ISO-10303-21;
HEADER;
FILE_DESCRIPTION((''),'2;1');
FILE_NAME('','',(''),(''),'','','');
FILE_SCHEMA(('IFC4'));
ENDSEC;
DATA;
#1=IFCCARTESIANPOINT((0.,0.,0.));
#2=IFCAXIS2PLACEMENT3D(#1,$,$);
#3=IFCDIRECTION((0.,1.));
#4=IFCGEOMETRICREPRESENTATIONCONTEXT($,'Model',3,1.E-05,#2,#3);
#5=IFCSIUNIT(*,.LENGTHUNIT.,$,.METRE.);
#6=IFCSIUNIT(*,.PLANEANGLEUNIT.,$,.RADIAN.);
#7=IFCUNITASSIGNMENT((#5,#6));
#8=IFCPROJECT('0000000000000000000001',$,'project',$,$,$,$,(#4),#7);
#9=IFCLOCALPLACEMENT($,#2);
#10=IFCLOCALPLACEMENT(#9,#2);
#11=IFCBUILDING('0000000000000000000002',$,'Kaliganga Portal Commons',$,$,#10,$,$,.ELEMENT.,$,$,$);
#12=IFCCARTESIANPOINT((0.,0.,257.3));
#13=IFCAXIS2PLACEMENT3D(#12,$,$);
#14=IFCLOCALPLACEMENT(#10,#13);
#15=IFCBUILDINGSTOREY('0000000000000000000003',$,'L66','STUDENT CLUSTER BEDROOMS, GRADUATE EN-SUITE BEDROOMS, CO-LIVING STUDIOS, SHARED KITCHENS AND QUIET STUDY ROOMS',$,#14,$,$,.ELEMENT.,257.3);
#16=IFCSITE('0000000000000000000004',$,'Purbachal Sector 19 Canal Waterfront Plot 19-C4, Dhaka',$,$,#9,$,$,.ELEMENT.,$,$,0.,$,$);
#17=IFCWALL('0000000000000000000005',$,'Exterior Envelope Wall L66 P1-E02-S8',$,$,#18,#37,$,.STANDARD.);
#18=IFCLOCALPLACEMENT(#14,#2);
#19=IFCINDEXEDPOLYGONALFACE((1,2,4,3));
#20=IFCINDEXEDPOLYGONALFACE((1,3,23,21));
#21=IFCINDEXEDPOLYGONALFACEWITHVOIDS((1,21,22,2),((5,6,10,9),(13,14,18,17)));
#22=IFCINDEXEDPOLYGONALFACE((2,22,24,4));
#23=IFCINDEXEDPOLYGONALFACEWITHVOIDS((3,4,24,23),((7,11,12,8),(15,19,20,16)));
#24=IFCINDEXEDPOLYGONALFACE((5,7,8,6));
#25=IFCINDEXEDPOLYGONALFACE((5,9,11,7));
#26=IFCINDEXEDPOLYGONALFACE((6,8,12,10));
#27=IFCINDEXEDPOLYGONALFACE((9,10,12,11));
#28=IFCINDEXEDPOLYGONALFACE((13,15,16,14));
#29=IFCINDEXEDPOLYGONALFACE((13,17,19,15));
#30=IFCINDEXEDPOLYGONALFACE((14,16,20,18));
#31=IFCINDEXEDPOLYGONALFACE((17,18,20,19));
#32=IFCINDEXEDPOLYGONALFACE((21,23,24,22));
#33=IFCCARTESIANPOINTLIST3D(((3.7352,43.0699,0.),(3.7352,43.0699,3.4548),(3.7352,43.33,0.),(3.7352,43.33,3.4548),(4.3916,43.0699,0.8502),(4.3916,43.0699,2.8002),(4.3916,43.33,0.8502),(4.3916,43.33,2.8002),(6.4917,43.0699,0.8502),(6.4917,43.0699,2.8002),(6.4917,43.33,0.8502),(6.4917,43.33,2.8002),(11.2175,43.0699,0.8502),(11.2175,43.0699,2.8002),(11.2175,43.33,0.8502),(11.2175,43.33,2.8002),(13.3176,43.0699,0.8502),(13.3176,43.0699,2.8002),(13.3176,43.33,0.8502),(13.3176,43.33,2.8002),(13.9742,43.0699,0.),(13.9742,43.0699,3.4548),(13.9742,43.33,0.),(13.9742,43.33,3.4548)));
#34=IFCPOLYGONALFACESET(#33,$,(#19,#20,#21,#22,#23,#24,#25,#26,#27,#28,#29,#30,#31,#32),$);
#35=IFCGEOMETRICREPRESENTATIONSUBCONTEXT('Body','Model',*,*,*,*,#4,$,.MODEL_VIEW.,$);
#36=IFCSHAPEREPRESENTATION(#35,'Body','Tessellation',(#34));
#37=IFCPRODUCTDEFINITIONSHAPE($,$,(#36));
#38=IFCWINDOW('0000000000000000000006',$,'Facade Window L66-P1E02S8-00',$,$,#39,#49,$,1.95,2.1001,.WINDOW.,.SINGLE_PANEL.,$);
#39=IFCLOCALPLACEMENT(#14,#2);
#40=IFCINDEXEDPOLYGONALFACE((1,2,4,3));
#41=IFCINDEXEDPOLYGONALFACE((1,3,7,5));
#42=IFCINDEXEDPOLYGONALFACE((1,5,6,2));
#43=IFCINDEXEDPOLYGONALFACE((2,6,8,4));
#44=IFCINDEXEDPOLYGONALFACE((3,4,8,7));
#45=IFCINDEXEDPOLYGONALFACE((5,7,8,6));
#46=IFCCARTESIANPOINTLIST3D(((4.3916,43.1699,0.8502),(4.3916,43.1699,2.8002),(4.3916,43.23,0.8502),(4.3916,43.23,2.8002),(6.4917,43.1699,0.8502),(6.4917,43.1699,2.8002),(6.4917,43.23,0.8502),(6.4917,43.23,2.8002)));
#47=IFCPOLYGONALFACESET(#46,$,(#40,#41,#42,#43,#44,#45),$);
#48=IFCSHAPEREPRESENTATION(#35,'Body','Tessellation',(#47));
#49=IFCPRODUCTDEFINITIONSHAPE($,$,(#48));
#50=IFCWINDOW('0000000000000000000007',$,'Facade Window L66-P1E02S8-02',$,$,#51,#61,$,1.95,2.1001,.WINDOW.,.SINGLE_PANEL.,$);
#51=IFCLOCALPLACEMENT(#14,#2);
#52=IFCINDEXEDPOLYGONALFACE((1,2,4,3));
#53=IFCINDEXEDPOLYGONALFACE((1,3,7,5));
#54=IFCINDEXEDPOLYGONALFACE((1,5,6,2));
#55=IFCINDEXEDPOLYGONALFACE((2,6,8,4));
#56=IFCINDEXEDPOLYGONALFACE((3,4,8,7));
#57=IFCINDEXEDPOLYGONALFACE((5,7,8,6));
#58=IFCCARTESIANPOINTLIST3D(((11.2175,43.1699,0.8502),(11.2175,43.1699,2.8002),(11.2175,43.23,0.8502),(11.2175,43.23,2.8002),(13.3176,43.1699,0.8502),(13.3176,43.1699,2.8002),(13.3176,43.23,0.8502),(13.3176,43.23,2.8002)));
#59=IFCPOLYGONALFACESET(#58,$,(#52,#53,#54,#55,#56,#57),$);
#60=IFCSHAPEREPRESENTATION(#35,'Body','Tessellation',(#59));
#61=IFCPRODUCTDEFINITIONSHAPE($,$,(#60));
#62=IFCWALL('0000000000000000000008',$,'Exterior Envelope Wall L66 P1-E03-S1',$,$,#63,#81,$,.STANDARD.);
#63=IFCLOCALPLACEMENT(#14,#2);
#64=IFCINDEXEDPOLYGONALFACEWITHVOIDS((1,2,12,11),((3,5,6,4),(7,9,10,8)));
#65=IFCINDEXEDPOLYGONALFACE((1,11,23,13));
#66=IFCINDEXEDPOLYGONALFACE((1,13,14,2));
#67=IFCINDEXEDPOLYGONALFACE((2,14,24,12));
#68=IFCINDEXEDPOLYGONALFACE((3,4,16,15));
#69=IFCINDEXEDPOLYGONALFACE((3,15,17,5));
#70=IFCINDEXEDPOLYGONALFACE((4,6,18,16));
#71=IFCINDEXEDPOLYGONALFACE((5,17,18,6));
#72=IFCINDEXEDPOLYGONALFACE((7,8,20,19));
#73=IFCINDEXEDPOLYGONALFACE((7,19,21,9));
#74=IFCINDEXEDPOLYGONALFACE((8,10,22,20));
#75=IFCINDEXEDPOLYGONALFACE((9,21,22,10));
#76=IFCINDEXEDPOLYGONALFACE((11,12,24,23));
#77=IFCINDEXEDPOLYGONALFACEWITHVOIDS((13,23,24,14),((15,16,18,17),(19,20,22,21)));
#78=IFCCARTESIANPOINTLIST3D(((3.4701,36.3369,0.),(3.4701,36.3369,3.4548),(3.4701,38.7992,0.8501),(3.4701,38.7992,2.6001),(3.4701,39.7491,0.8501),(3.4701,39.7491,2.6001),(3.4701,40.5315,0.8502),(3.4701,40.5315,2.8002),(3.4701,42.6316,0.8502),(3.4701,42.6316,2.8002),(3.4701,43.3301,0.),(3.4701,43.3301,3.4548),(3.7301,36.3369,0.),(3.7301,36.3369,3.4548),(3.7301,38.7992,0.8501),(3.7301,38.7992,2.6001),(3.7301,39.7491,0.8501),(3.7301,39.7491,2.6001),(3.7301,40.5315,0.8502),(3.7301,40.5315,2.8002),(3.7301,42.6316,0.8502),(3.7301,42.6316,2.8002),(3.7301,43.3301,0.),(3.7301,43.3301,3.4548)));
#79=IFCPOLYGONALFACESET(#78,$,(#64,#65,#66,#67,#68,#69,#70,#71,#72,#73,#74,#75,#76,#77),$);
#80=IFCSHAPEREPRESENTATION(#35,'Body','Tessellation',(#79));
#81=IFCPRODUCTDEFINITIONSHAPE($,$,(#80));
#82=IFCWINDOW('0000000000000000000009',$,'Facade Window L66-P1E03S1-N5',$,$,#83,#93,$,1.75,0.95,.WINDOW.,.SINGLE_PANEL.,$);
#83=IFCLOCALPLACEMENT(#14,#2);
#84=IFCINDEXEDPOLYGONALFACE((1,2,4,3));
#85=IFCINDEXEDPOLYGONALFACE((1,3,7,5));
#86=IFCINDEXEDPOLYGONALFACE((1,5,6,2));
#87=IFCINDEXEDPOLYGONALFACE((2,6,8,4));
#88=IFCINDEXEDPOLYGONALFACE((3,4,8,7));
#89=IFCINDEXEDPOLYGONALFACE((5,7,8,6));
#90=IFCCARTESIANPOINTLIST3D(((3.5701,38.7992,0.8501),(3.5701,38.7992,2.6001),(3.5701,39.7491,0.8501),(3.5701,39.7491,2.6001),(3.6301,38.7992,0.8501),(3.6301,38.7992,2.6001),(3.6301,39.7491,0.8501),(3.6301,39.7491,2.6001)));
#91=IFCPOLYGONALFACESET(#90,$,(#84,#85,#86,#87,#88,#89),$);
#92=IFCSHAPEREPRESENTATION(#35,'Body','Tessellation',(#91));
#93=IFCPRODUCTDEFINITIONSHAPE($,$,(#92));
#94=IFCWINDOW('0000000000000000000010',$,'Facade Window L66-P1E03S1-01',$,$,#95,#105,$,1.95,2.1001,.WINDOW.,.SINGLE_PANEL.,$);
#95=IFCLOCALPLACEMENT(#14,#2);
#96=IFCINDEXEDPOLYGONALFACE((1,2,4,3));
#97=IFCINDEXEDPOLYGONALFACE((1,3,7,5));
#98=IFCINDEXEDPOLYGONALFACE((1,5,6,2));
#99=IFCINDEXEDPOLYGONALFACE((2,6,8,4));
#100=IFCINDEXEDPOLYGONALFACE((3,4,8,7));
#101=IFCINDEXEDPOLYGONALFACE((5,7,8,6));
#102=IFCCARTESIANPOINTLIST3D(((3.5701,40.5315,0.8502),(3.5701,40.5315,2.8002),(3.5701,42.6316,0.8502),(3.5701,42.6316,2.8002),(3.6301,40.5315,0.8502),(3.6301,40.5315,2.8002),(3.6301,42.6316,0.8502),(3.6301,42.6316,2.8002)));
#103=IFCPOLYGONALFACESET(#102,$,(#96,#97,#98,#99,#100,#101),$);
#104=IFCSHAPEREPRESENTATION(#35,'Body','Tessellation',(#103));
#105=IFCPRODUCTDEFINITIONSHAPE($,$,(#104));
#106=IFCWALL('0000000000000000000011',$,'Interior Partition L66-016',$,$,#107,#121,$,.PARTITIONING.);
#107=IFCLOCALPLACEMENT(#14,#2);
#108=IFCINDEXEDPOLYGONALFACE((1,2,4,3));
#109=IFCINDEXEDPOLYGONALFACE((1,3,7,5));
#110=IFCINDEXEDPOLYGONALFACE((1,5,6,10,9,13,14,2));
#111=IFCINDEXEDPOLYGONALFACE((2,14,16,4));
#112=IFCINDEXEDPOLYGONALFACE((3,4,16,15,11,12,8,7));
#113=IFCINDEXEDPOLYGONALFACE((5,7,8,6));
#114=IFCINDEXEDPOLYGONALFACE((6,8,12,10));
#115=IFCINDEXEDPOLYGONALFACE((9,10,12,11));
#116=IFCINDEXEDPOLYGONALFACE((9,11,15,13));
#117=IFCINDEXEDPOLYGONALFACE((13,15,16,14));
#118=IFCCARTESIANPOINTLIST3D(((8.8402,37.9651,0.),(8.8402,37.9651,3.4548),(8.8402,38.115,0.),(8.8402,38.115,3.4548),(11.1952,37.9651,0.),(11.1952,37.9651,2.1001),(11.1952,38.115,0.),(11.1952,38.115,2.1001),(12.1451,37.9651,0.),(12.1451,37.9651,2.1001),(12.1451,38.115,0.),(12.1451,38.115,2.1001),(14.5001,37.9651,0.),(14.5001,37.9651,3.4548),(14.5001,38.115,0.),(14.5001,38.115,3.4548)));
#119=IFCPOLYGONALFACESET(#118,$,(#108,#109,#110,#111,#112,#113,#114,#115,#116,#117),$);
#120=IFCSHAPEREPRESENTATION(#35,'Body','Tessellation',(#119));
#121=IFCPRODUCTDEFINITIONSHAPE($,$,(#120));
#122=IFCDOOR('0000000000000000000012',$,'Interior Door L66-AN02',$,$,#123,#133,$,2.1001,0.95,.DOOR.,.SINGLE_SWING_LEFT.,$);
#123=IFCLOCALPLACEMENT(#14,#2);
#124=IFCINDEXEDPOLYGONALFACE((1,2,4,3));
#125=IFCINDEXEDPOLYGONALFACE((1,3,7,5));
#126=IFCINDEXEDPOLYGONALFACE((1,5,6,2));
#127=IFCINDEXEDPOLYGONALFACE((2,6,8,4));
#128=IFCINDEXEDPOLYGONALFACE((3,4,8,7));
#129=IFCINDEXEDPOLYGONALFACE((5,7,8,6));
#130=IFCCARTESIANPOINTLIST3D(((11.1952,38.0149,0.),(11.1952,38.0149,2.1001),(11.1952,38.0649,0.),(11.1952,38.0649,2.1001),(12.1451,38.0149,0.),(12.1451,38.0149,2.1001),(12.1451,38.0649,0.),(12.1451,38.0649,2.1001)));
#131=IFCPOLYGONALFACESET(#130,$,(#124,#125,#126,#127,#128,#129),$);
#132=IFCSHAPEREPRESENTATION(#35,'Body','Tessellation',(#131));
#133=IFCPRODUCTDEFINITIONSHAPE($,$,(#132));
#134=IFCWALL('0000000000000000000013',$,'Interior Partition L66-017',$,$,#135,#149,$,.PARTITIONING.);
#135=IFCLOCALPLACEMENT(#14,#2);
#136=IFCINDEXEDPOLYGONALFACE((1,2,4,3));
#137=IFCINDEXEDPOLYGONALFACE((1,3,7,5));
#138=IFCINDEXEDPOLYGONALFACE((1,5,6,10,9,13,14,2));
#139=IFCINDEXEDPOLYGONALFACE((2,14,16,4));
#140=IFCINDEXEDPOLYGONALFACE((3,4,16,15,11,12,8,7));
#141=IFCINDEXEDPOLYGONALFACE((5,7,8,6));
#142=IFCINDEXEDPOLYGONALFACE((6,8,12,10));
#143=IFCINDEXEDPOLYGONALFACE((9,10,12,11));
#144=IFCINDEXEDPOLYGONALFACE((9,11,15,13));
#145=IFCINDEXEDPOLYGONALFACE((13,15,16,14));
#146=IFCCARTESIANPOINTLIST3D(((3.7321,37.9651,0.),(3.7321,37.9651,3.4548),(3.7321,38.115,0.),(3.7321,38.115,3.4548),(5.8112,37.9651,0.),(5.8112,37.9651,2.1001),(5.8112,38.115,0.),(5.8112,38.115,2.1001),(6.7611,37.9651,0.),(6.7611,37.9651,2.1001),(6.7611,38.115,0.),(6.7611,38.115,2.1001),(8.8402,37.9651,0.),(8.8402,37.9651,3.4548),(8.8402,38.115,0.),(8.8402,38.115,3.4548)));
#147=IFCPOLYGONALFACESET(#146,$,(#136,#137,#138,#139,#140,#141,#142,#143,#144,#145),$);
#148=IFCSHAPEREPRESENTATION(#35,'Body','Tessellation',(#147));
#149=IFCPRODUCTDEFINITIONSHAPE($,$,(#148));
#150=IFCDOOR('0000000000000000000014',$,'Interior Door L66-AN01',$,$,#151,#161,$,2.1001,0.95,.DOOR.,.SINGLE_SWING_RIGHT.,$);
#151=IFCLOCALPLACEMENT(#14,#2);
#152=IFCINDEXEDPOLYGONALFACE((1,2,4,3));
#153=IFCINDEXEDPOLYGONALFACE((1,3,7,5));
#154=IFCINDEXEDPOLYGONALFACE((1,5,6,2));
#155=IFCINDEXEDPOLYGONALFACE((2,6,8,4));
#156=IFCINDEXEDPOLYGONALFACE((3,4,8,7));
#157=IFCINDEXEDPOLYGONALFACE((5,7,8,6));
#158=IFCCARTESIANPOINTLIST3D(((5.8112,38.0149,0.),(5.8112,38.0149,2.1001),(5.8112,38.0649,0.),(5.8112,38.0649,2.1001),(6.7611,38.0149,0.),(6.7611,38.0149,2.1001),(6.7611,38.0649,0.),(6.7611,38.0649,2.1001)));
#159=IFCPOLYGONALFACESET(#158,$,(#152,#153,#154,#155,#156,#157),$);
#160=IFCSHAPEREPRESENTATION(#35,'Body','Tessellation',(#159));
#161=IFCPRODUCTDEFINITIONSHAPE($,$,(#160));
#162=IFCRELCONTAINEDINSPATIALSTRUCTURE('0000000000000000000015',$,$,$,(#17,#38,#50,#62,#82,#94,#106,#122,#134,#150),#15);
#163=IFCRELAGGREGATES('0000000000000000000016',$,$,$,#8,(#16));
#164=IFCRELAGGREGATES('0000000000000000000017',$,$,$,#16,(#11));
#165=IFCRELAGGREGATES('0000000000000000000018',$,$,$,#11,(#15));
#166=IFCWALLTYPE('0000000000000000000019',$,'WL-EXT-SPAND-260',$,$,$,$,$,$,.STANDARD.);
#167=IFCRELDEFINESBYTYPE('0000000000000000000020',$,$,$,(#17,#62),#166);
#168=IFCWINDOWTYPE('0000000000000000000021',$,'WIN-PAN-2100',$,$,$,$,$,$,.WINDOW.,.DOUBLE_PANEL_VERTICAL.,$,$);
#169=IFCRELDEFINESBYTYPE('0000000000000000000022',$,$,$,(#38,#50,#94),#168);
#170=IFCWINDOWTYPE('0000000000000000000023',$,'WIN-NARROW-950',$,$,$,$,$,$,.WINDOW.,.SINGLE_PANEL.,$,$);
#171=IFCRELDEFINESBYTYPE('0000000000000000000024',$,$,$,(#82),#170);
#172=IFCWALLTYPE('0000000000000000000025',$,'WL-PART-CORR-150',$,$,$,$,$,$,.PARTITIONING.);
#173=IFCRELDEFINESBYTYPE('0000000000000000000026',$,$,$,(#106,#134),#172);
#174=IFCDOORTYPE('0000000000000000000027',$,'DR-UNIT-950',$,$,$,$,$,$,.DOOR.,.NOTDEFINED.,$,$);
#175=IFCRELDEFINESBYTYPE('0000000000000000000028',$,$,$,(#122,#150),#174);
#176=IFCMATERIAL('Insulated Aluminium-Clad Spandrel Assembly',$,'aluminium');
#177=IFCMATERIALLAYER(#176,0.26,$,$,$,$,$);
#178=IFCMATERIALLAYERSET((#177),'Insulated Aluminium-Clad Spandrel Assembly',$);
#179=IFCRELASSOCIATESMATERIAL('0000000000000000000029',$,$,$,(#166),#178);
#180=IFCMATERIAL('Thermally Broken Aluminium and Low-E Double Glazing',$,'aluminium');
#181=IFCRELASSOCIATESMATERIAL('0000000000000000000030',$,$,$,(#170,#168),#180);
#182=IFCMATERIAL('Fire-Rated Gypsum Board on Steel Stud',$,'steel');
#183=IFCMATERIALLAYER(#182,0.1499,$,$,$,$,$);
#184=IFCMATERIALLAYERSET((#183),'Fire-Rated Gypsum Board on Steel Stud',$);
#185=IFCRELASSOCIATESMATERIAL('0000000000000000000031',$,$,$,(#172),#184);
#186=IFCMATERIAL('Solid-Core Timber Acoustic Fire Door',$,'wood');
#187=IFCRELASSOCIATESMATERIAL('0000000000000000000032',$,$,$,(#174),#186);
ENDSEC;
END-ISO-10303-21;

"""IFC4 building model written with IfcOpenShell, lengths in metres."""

from ifc_helpers import new_model, si_unit, direction, frame, frame_2d, origin, place, context, subcontext, project, spatial, rectangle, extrude, material, layer, layer_set, type_object, element, fill, save


model = new_model("IFC4")

# Units and contexts
model_context = context("Model", 3, precision=1e-05, world=origin(), true_north=direction((0.0, 1.0)))
body_context = subcontext(model_context, "Body", "Model", "MODEL_VIEW")
ifc_project = project(units=[si_unit("LENGTHUNIT", "METRE"), si_unit("PLANEANGLEUNIT", "RADIAN")], contexts=[model_context])

# Site, building, storey
site_placement = place(None, origin())
site = spatial("IfcSite", under=ifc_project, at=site_placement, Name="Purbachal Sector 19 Canal Waterfront Plot 19-C4, Dhaka", CompositionType="ELEMENT", RefElevation=0.0)
building_placement = place(site_placement, origin())
building = spatial("IfcBuilding", under=site, at=building_placement, Name="Kaliganga Portal Commons", CompositionType="ELEMENT")
storey_placement = place(building_placement, frame((0.0, 0.0, 257.3)))
storey = spatial("IfcBuildingStorey", under=building, at=storey_placement, Name="L66", Description="STUDENT CLUSTER BEDROOMS, GRADUATE EN-SUITE BEDROOMS, CO-LIVING STUDIOS, SHARED KITCHENS AND QUIET STUDY ROOMS", CompositionType="ELEMENT", Elevation=257.3)

# Shared definitions
ifc_material_1 = material(Name="Insulated Aluminium-Clad Spandrel Assembly", Category="aluminium")
ifc_layer_1 = layer(ifc_material_1, 0.26)
ifc_layer_set_1 = layer_set([ifc_layer_1], Name="Insulated Aluminium-Clad Spandrel Assembly")
wall_type_1 = type_object("IfcWallType", Name="WL-EXT-SPAND-260", PredefinedType="STANDARD", material=ifc_layer_set_1)
ifc_material_2 = material(Name="Thermally Broken Aluminium and Low-E Double Glazing", Category="aluminium")
window_type_1 = type_object("IfcWindowType", Name="WIN-NARROW-950", PartitioningType="SINGLE_PANEL", PredefinedType="WINDOW", material=ifc_material_2)

# Walls, openings, windows
wall_1_placement = place(storey_placement, frame((3.7351, 43.2, 0.0), z_axis=(0.0, 0.0, 1.0), x_axis=(1.0, 0.0, 0.0)))
wall_1 = element("IfcWall", 1, at=wall_1_placement, inside=storey, type_object=wall_type_1, Name="Exterior Envelope Wall L66 P1-E02-S8", PredefinedType="STANDARD", context=body_context, shape_type="SweptSolid", body=[
    extrude(rectangle(XDim=10.239, YDim=0.26, at=frame_2d((5.1196, 0.0))), origin(), (0.0, 0.0, 1.0), 3.4548),
])
opening_1_placement = place(wall_1_placement, frame((0.6565, 0.0, 0.8501)))
opening_1 = element("IfcOpeningElement", 2, at=opening_1_placement, cuts=wall_1, PredefinedType="OPENING", context=body_context, shape_type="SweptSolid", body=[
    extrude(rectangle(XDim=2.1001, YDim=1.95, at=frame_2d((1.05, 0.9751))), frame((0.0, 0.1401, 0.0), z_axis=(0.0, -1.0, 0.0), x_axis=(1.0, 0.0, 0.0)), (0.0, 0.0, 1.0), 0.28),
])
opening_2_placement = place(wall_1_placement, frame((7.4824, 0.0, 0.8501)))
opening_2 = element("IfcOpeningElement", 3, at=opening_2_placement, cuts=wall_1, PredefinedType="OPENING", context=body_context, shape_type="SweptSolid", body=[
    extrude(rectangle(XDim=2.1001, YDim=1.95, at=frame_2d((1.05, 0.9751))), frame((0.0, 0.1401, 0.0), z_axis=(0.0, -1.0, 0.0), x_axis=(1.0, 0.0, 0.0)), (0.0, 0.0, 1.0), 0.28),
])
window_type_2 = type_object("IfcWindowType", Name="WIN-PAN-2100", PartitioningType="DOUBLE_PANEL_VERTICAL", PredefinedType="WINDOW", material=ifc_material_2)
window_1_placement = place(opening_1_placement, origin())
window_1 = element("IfcWindow", 4, at=window_1_placement, inside=storey, type_object=window_type_2, Name="Facade Window L66-P1E02S8-00", OverallHeight=1.95, OverallWidth=2.1001, PartitioningType="SINGLE_PANEL", PredefinedType="WINDOW", context=body_context, shape_type="SweptSolid", body=[
    extrude(rectangle(XDim=2.1001, YDim=1.95, at=frame_2d((1.05, 0.9751))), frame((0.0, 0.03, 0.0), z_axis=(0.0, -1.0, 0.0), x_axis=(1.0, 0.0, 0.0)), (0.0, 0.0, 1.0), 0.0601),
])
fill(opening_1, window_1)
window_2_placement = place(opening_2_placement, origin())
window_2 = element("IfcWindow", 5, at=window_2_placement, inside=storey, type_object=window_type_2, Name="Facade Window L66-P1E02S8-02", OverallHeight=1.95, OverallWidth=2.1001, PartitioningType="SINGLE_PANEL", PredefinedType="WINDOW", context=body_context, shape_type="SweptSolid", body=[
    extrude(rectangle(XDim=2.1001, YDim=1.95, at=frame_2d((1.05, 0.9751))), frame((0.0, 0.03, 0.0), z_axis=(0.0, -1.0, 0.0), x_axis=(1.0, 0.0, 0.0)), (0.0, 0.0, 1.0), 0.0601),
])
fill(opening_2, window_2)
wall_2_placement = place(storey_placement, frame((3.6001, 36.3369, 0.0), z_axis=(0.0, 0.0, 1.0), x_axis=(0.0, 1.0, 0.0)))
wall_2 = element("IfcWall", 6, at=wall_2_placement, inside=storey, type_object=wall_type_1, Name="Exterior Envelope Wall L66 P1-E03-S1", PredefinedType="STANDARD", context=body_context, shape_type="SweptSolid", body=[
    extrude(rectangle(XDim=6.9932, YDim=0.26, at=frame_2d((3.4966, 0.0))), origin(), (0.0, 0.0, 1.0), 3.4548),
])
opening_3_placement = place(wall_2_placement, frame((4.1946, 0.0, 0.8501)))
opening_3 = element("IfcOpeningElement", 7, at=opening_3_placement, cuts=wall_2, PredefinedType="OPENING", context=body_context, shape_type="SweptSolid", body=[
    extrude(rectangle(XDim=2.1001, YDim=1.95, at=frame_2d((1.05, 0.9751))), frame((0.0, 0.1401, 0.0), z_axis=(0.0, -1.0, 0.0), x_axis=(1.0, 0.0, 0.0)), (0.0, 0.0, 1.0), 0.28),
])
opening_4_placement = place(wall_2_placement, frame((2.4622, 0.0, 0.8501)))
opening_4 = element("IfcOpeningElement", 8, at=opening_4_placement, cuts=wall_2, PredefinedType="OPENING", context=body_context, shape_type="SweptSolid", body=[
    extrude(rectangle(XDim=0.95, YDim=1.75, at=frame_2d((0.4751, 0.875))), frame((0.0, 0.1401, 0.0), z_axis=(0.0, -1.0, 0.0), x_axis=(1.0, 0.0, 0.0)), (0.0, 0.0, 1.0), 0.28),
])
window_3_placement = place(opening_4_placement, origin())
window_3 = element("IfcWindow", 9, at=window_3_placement, inside=storey, type_object=window_type_1, Name="Facade Window L66-P1E03S1-N5", OverallHeight=1.75, OverallWidth=0.95, PartitioningType="SINGLE_PANEL", PredefinedType="WINDOW", context=body_context, shape_type="SweptSolid", body=[
    extrude(rectangle(XDim=0.95, YDim=1.75, at=frame_2d((0.4751, 0.875))), frame((0.0, 0.03, 0.0), z_axis=(0.0, -1.0, 0.0), x_axis=(1.0, 0.0, 0.0)), (0.0, 0.0, 1.0), 0.0601),
])
fill(opening_4, window_3)
window_4_placement = place(opening_3_placement, origin())
window_4 = element("IfcWindow", 10, at=window_4_placement, inside=storey, type_object=window_type_2, Name="Facade Window L66-P1E03S1-01", OverallHeight=1.95, OverallWidth=2.1001, PartitioningType="SINGLE_PANEL", PredefinedType="WINDOW", context=body_context, shape_type="SweptSolid", body=[
    extrude(rectangle(XDim=2.1001, YDim=1.95, at=frame_2d((1.05, 0.9751))), frame((0.0, 0.03, 0.0), z_axis=(0.0, -1.0, 0.0), x_axis=(1.0, 0.0, 0.0)), (0.0, 0.0, 1.0), 0.0601),
])
fill(opening_3, window_4)

# Walls, openings, doors
ifc_material_3 = material(Name="Fire-Rated Gypsum Board on Steel Stud", Category="steel")
ifc_layer_2 = layer(ifc_material_3, 0.1499)
ifc_layer_set_2 = layer_set([ifc_layer_2], Name="Fire-Rated Gypsum Board on Steel Stud")
wall_type_2 = type_object("IfcWallType", Name="WL-PART-CORR-150", PredefinedType="PARTITIONING", material=ifc_layer_set_2)
wall_3_placement = place(storey_placement, frame((8.8401, 38.04, 0.0), z_axis=(0.0, 0.0, 1.0), x_axis=(1.0, 0.0, 0.0)))
wall_3 = element("IfcWall", 11, at=wall_3_placement, inside=storey, type_object=wall_type_2, Name="Interior Partition L66-016", PredefinedType="PARTITIONING", context=body_context, shape_type="SweptSolid", body=[
    extrude(rectangle(XDim=5.6599, YDim=0.1499, at=frame_2d((2.8301, 0.0))), origin(), (0.0, 0.0, 1.0), 3.4548),
])
opening_5_placement = place(wall_3_placement, frame((2.355, 0.0, 0.0)))
opening_5 = element("IfcOpeningElement", 12, at=opening_5_placement, cuts=wall_3, PredefinedType="OPENING", context=body_context, shape_type="SweptSolid", body=[
    extrude(rectangle(XDim=0.95, YDim=2.1001, at=frame_2d((0.4751, 1.05))), frame((0.0, 0.085, 0.0), z_axis=(0.0, -1.0, 0.0), x_axis=(1.0, 0.0, 0.0)), (0.0, 0.0, 1.0), 0.1699),
])
ifc_material_4 = material(Name="Solid-Core Timber Acoustic Fire Door", Category="wood")
door_type_1 = type_object("IfcDoorType", Name="DR-UNIT-950", OperationType="NOTDEFINED", PredefinedType="DOOR", material=ifc_material_4)
door_1_placement = place(opening_5_placement, origin())
door_1 = element("IfcDoor", 13, at=door_1_placement, inside=storey, type_object=door_type_1, Name="Interior Door L66-AN02", OperationType="SINGLE_SWING_LEFT", OverallHeight=2.1001, OverallWidth=0.95, PredefinedType="DOOR", context=body_context, shape_type="SweptSolid", body=[
    extrude(rectangle(XDim=0.95, YDim=2.1001, at=frame_2d((0.4751, 1.05))), frame((0.0, 0.0249, 0.0), z_axis=(0.0, -1.0, 0.0), x_axis=(1.0, 0.0, 0.0)), (0.0, 0.0, 1.0), 0.05),
])
fill(opening_5, door_1)
wall_4_placement = place(storey_placement, frame((3.7319, 38.04, 0.0), z_axis=(0.0, 0.0, 1.0), x_axis=(1.0, 0.0, 0.0)))
wall_4 = element("IfcWall", 14, at=wall_4_placement, inside=storey, type_object=wall_type_2, Name="Interior Partition L66-017", PredefinedType="PARTITIONING", context=body_context, shape_type="SweptSolid", body=[
    extrude(rectangle(XDim=5.1082, YDim=0.1499, at=frame_2d((2.5542, 0.0))), origin(), (0.0, 0.0, 1.0), 3.4548),
])
opening_6_placement = place(wall_4_placement, frame((2.0791, 0.0, 0.0)))
opening_6 = element("IfcOpeningElement", 15, at=opening_6_placement, cuts=wall_4, PredefinedType="OPENING", context=body_context, shape_type="SweptSolid", body=[
    extrude(rectangle(XDim=0.95, YDim=2.1001, at=frame_2d((0.4751, 1.05))), frame((0.0, 0.085, 0.0), z_axis=(0.0, -1.0, 0.0), x_axis=(1.0, 0.0, 0.0)), (0.0, 0.0, 1.0), 0.1699),
])
door_2_placement = place(opening_6_placement, origin())
door_2 = element("IfcDoor", 16, at=door_2_placement, inside=storey, type_object=door_type_1, Name="Interior Door L66-AN01", OperationType="SINGLE_SWING_RIGHT", OverallHeight=2.1001, OverallWidth=0.95, PredefinedType="DOOR", context=body_context, shape_type="SweptSolid", body=[
    extrude(rectangle(XDim=0.95, YDim=2.1001, at=frame_2d((0.4751, 1.05))), frame((0.0, 0.0249, 0.0), z_axis=(0.0, -1.0, 0.0), x_axis=(1.0, 0.0, 0.0)), (0.0, 0.0, 1.0), 0.05),
])
fill(opening_6, door_2)

save(model, "model.ifc")
